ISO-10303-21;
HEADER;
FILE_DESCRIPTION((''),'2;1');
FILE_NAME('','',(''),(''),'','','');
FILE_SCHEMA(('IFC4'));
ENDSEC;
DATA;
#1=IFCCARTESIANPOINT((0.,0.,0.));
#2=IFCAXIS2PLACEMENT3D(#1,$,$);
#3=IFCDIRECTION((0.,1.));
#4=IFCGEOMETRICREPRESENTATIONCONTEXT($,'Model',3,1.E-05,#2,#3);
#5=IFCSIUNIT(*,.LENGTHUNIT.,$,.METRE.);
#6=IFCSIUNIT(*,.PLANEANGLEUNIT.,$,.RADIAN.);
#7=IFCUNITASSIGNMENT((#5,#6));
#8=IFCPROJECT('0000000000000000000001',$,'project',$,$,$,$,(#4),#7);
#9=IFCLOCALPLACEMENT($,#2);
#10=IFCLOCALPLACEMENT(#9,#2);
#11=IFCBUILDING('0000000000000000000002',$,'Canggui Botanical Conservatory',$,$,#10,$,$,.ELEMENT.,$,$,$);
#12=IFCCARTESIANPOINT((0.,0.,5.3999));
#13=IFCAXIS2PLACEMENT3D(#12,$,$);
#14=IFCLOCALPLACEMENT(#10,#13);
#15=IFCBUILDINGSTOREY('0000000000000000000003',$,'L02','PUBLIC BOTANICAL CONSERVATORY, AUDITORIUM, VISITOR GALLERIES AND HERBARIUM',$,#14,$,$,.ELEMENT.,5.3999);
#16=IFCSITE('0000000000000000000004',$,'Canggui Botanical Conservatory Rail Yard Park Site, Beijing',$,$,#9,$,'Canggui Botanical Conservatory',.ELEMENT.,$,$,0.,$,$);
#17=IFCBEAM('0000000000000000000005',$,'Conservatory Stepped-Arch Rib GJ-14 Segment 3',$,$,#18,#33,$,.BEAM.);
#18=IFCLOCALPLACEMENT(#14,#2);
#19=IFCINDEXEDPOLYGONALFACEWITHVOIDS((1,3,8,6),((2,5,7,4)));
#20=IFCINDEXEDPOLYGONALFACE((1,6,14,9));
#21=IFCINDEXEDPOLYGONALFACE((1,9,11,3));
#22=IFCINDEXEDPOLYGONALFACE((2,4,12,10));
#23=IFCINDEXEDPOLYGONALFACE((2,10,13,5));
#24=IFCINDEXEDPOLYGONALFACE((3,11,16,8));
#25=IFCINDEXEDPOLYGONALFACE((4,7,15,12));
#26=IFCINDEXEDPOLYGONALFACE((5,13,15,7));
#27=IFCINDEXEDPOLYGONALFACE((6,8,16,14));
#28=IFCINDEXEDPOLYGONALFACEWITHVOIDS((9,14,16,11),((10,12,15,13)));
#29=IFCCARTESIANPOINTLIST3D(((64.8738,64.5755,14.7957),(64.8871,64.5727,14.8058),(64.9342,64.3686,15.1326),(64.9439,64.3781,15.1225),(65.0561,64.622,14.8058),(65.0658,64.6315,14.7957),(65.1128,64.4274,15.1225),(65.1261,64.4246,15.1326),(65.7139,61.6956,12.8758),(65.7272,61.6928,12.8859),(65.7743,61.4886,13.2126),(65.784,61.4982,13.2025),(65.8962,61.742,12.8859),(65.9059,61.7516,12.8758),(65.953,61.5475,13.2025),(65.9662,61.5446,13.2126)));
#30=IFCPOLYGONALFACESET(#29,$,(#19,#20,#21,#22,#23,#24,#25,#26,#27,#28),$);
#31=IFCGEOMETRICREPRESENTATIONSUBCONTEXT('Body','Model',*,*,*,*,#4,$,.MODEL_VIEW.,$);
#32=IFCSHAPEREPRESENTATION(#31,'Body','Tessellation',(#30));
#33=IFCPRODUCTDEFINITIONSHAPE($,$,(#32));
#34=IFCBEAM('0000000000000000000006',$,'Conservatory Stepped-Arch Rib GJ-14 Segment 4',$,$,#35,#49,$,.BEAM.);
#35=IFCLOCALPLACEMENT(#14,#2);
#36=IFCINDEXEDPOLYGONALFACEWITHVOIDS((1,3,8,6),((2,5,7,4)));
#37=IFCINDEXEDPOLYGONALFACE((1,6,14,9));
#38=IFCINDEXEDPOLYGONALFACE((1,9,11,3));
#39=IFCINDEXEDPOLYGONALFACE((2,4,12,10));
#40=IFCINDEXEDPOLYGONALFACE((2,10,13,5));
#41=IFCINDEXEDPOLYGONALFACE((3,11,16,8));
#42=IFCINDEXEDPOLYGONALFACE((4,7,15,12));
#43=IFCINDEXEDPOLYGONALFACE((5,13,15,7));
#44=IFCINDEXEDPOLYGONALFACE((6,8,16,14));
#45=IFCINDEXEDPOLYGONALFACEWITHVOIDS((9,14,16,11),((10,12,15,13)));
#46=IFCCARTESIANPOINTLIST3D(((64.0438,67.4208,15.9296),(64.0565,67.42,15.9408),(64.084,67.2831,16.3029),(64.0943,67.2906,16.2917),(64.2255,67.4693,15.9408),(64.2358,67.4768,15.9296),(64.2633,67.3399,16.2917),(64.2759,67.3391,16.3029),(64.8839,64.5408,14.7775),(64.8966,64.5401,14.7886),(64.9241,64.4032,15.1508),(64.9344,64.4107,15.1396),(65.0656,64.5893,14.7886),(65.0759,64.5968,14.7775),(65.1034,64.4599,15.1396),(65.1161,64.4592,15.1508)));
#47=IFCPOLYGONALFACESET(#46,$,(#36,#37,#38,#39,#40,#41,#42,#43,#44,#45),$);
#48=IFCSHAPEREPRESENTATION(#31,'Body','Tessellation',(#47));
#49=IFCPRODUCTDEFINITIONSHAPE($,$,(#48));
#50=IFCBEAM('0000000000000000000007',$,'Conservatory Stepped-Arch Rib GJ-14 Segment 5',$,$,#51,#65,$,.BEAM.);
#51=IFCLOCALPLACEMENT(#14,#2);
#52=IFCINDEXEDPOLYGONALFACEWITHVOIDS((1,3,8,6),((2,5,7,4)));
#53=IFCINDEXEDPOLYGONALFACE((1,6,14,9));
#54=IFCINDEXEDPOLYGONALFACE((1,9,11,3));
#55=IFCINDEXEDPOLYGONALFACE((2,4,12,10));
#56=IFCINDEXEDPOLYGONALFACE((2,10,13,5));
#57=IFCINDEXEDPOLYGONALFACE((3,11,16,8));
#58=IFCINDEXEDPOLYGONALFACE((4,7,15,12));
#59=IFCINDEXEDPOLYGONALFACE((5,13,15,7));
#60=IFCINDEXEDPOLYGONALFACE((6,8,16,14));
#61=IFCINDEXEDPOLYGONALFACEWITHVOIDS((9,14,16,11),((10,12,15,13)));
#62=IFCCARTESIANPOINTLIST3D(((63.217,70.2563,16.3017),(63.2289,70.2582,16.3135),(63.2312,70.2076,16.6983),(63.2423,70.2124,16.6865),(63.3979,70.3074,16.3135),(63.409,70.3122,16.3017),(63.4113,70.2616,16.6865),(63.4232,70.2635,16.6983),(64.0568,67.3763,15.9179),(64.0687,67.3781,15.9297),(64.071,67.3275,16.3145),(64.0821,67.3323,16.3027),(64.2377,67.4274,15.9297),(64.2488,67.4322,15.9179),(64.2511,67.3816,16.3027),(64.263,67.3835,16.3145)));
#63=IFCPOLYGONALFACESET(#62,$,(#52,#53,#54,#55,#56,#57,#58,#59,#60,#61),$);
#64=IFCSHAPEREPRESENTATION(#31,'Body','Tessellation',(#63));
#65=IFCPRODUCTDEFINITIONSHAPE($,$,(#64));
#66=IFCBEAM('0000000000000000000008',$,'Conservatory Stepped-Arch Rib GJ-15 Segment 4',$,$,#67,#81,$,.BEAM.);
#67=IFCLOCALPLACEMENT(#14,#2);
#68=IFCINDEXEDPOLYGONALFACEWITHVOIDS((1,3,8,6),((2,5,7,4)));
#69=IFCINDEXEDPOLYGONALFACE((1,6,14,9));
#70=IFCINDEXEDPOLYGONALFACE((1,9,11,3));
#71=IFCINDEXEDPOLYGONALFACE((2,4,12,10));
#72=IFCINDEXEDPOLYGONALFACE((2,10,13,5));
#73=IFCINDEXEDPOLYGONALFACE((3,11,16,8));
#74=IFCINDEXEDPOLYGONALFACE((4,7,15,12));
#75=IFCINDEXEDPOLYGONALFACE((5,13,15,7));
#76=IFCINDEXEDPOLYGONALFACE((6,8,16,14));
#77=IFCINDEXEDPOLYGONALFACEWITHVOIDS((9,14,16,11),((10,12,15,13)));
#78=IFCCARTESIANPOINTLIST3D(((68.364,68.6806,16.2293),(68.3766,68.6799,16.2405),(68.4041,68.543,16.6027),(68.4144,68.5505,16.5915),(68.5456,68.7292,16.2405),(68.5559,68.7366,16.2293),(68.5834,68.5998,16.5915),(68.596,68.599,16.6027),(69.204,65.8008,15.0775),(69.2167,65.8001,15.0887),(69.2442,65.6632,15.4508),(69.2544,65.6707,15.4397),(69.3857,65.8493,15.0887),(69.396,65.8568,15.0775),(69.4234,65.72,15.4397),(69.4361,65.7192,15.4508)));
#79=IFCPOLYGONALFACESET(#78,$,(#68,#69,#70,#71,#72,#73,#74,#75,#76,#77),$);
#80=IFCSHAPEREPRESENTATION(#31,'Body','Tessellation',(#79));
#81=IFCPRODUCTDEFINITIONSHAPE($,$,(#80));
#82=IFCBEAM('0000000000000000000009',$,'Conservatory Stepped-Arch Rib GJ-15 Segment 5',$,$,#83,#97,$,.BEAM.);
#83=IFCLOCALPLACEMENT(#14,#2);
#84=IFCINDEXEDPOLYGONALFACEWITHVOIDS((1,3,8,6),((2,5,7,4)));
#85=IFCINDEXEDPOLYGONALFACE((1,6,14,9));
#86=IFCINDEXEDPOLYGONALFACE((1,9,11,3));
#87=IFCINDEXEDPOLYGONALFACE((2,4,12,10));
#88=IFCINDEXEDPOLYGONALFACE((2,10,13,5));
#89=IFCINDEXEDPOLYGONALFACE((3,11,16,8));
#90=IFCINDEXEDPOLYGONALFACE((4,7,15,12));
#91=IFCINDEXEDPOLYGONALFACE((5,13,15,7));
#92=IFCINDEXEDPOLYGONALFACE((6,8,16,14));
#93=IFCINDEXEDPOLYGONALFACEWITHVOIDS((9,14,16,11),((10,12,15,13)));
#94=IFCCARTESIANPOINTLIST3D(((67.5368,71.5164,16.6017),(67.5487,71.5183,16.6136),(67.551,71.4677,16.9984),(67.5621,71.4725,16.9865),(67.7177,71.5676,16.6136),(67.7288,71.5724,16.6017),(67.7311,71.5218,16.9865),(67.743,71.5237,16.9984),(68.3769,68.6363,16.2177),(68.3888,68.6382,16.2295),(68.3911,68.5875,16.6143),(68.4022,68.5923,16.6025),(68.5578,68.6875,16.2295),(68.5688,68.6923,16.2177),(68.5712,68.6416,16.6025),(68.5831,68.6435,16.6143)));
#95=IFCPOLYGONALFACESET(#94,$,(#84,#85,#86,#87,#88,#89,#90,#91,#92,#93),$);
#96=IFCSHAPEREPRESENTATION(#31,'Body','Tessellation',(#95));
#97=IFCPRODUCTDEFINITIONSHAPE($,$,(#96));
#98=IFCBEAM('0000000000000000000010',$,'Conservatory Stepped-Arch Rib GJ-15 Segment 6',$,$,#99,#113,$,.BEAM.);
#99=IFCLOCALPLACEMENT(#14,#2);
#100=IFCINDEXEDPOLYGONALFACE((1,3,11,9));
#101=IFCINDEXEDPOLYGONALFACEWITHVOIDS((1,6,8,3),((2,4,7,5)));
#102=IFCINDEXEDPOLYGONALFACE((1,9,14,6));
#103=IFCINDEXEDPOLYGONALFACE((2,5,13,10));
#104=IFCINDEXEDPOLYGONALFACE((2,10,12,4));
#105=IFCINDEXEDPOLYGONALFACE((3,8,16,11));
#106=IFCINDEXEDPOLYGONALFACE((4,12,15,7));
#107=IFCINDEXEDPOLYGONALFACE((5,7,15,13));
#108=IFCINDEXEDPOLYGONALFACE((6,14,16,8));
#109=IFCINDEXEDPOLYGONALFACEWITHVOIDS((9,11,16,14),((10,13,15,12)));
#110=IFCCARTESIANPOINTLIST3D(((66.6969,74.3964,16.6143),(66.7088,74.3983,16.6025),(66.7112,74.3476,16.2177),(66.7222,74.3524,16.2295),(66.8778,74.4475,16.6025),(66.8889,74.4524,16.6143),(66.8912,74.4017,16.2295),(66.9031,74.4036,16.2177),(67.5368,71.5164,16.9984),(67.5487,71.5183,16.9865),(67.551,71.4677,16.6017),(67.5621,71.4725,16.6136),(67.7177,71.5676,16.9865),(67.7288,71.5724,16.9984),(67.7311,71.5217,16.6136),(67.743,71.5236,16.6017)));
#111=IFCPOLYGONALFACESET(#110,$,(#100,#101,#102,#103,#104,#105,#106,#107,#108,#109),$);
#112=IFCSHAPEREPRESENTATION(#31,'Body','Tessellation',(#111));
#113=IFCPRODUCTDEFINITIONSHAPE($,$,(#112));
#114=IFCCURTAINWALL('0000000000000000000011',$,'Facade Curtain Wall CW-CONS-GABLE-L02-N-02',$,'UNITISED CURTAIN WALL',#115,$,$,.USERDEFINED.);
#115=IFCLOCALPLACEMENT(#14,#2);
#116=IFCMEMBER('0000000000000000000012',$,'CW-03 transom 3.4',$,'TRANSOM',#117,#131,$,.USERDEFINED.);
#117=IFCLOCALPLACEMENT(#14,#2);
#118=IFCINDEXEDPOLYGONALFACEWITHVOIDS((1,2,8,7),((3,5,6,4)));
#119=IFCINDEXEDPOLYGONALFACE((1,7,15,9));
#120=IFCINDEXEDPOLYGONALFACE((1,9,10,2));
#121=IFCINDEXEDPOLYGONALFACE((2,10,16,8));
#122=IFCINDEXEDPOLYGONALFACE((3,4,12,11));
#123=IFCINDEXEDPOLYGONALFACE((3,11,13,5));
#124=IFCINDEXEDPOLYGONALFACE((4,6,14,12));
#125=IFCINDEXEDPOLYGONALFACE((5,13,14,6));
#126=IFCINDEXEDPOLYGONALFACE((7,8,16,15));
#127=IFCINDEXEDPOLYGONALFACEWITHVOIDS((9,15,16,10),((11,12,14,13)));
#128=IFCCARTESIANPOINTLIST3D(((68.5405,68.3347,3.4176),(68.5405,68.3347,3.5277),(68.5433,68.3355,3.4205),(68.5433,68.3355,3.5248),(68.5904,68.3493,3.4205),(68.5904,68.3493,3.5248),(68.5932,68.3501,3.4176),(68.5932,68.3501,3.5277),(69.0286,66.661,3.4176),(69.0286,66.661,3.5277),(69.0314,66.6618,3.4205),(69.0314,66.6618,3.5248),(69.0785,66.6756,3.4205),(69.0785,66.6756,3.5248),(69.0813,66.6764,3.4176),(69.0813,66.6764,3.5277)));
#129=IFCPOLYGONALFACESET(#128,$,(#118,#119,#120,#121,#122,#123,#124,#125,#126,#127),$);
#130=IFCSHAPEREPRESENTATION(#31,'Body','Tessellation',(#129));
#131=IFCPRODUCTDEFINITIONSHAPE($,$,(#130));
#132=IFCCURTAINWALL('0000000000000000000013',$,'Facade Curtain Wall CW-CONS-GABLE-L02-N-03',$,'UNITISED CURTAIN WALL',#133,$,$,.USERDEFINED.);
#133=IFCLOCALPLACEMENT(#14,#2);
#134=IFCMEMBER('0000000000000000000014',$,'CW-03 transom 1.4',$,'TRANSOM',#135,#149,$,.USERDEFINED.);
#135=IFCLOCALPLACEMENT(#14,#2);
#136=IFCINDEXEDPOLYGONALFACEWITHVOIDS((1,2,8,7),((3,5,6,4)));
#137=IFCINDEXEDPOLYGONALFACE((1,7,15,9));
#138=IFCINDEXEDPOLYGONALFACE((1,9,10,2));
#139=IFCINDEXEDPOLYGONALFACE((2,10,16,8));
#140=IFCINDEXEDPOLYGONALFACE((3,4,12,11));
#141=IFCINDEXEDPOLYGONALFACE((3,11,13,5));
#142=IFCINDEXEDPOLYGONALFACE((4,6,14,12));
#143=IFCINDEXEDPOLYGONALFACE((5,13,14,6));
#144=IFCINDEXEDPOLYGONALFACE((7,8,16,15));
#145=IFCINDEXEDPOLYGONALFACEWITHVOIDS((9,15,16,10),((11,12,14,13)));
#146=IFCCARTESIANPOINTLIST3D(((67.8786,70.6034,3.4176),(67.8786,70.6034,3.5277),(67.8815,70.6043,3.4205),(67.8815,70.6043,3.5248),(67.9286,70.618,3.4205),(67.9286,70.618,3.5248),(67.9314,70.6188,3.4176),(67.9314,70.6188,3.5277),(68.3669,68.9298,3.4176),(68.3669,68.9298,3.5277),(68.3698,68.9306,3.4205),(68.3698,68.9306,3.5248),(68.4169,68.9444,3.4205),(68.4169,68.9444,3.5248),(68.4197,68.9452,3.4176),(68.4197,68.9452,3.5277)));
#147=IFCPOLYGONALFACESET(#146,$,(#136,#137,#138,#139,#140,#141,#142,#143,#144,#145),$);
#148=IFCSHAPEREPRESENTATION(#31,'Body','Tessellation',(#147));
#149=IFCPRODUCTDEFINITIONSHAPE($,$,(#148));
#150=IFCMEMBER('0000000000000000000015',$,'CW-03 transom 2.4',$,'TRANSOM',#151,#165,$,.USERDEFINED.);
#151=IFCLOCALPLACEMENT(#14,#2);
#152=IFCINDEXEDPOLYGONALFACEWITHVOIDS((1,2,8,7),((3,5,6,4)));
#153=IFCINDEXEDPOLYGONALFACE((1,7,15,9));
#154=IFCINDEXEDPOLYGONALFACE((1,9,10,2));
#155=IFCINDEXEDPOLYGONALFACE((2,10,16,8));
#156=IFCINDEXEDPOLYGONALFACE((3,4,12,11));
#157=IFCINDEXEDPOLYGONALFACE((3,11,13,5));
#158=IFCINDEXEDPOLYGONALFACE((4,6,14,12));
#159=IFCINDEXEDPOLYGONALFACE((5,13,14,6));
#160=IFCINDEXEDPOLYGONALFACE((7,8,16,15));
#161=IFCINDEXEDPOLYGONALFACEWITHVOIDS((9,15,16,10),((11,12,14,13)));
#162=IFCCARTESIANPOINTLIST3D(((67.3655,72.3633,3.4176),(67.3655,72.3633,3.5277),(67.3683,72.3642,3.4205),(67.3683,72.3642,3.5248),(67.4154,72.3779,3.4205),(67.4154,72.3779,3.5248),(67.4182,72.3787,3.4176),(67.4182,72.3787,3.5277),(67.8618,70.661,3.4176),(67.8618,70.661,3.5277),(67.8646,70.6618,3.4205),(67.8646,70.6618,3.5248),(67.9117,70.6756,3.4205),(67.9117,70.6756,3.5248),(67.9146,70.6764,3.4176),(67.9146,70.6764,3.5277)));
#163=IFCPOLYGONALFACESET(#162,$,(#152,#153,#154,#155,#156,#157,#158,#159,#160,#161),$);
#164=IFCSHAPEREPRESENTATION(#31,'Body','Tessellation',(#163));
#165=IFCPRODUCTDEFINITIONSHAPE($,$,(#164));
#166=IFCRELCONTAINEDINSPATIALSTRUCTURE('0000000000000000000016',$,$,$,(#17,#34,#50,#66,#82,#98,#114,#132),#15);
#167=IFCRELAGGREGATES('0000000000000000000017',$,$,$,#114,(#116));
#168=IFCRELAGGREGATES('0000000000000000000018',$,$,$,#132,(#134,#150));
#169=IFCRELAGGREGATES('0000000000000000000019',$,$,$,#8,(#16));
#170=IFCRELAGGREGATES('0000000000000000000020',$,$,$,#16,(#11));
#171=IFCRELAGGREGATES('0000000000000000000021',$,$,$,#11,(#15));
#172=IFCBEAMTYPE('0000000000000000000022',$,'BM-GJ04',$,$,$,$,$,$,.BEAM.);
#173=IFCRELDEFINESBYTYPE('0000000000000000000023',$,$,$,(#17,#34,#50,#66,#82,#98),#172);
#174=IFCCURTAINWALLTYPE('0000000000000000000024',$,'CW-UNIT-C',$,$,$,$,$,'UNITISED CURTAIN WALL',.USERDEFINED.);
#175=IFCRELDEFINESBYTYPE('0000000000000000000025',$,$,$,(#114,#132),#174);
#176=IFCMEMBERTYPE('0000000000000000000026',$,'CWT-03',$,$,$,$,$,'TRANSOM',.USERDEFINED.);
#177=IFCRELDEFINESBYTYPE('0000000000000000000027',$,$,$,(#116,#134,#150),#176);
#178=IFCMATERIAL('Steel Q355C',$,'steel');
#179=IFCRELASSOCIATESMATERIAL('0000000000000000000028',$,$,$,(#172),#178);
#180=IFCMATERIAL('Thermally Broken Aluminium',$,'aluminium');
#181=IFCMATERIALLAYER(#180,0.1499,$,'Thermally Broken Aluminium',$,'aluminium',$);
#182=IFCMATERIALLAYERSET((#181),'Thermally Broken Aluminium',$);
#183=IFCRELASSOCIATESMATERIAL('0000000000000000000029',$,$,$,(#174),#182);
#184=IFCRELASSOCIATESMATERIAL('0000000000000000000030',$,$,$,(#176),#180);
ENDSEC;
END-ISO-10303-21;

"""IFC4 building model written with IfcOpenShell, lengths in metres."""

from ifc_helpers import new_model, si_unit, direction, frame, origin, origin_2d, place, context, subcontext, project, spatial, hollow_rectangle, extrude, material, layer, layer_set, material_profile, profile_set, type_object, element, aggregate, save


model = new_model("IFC4")

# Units and contexts
model_context = context("Model", 3, precision=1e-05, world=origin(), true_north=direction((0.0, 1.0)))
body_context = subcontext(model_context, "Body", "Model", "MODEL_VIEW")
ifc_project = project(units=[si_unit("LENGTHUNIT", "METRE"), si_unit("PLANEANGLEUNIT", "RADIAN")], contexts=[model_context])

# Site, building, storey
site_placement = place(None, origin())
site = spatial("IfcSite", under=ifc_project, at=site_placement, Name="Canggui Botanical Conservatory Rail Yard Park Site, Beijing", LongName="Canggui Botanical Conservatory", CompositionType="ELEMENT", RefElevation=0.0)
building_placement = place(site_placement, origin())
building = spatial("IfcBuilding", under=site, at=building_placement, Name="Canggui Botanical Conservatory", CompositionType="ELEMENT")
storey_placement = place(building_placement, frame((0.0, 0.0, 5.3999)))
storey = spatial("IfcBuildingStorey", under=building, at=storey_placement, Name="L02", Description="PUBLIC BOTANICAL CONSERVATORY, AUDITORIUM, VISITOR GALLERIES AND HERBARIUM", CompositionType="ELEMENT", Elevation=5.3999)

# Beams
ifc_material_1 = material(Name="Steel Q355C", Category="steel")
ifc_material_profile_1 = material_profile(ifc_material_1, hollow_rectangle(XDim=0.2, YDim=0.3999, WallThickness=0.012, at=origin_2d()), Name="RHS 200x400x12")
ifc_profile_set_1 = profile_set([ifc_material_profile_1], Name="Steel Q355C")
beam_type = type_object("IfcBeamType", Name="BM-GJ04", PredefinedType="BEAM", material=ifc_profile_set_1)
beam_1_placement = place(storey_placement, frame((65.8401, 61.6201, 13.0442), z_axis=(-0.235868, 0.808574, 0.539049), x_axis=(-0.959989, -0.280038, 0.0)))
element("IfcBeam", 1, at=beam_1_placement, inside=storey, type_object=beam_type, Name="Conservatory Stepped-Arch Rib GJ-14 Segment 3", PredefinedType="BEAM", context=body_context, shape_type="SweptSolid", body=[
    extrude(hollow_rectangle(XDim=0.2, YDim=0.3999, WallThickness=0.012, at=origin_2d()), origin(), (0.0, 0.0, 1.0), 3.5618),
])
beam_2_placement = place(storey_placement, frame((65.0, 64.5, 14.9641), z_axis=(-0.261422, 0.896173, 0.358515), x_axis=(-0.959989, -0.280038, 0.0)))
element("IfcBeam", 2, at=beam_2_placement, inside=storey, type_object=beam_type, Name="Conservatory Stepped-Arch Rib GJ-14 Segment 4", PredefinedType="BEAM", context=body_context, shape_type="SweptSolid", body=[
    extrude(hollow_rectangle(XDim=0.2, YDim=0.3999, WallThickness=0.012, at=origin_2d()), origin(), (0.0, 0.0, 1.0), 3.2136),
])
beam_3_placement = place(storey_placement, frame((64.1599, 67.3799, 16.1162), z_axis=(-0.277678, 0.952257, 0.126892), x_axis=(-0.960017, -0.279941, 0.0)))
element("IfcBeam", 3, at=beam_3_placement, inside=storey, type_object=beam_type, Name="Conservatory Stepped-Arch Rib GJ-14 Segment 5", PredefinedType="BEAM", context=body_context, shape_type="SweptSolid", body=[
    extrude(hollow_rectangle(XDim=0.2, YDim=0.3999, WallThickness=0.012, at=origin_2d()), origin(), (0.0, 0.0, 1.0), 3.0244),
])
beam_4_placement = place(storey_placement, frame((69.3201, 65.76, 15.2642), z_axis=(-0.261429, 0.896197, 0.358449), x_axis=(-0.959989, -0.280038, 0.0)))
element("IfcBeam", 4, at=beam_4_placement, inside=storey, type_object=beam_type, Name="Conservatory Stepped-Arch Rib GJ-15 Segment 4", PredefinedType="BEAM", context=body_context, shape_type="SweptSolid", body=[
    extrude(hollow_rectangle(XDim=0.2, YDim=0.3999, WallThickness=0.012, at=origin_2d()), origin(), (0.0, 0.0, 1.0), 3.2134),
])
beam_5_placement = place(storey_placement, frame((68.48, 68.6399, 16.416), z_axis=(-0.277749, 0.952226, 0.126969), x_axis=(-0.959995, -0.280016, 0.0)))
element("IfcBeam", 5, at=beam_5_placement, inside=storey, type_object=beam_type, Name="Conservatory Stepped-Arch Rib GJ-15 Segment 5", PredefinedType="BEAM", context=body_context, shape_type="SweptSolid", body=[
    extrude(hollow_rectangle(XDim=0.2, YDim=0.3999, WallThickness=0.012, at=origin_2d()), origin(), (0.0, 0.0, 1.0), 3.0247),
])
beam_6_placement = place(storey_placement, frame((67.6399, 71.52, 16.8), z_axis=(-0.277696, 0.95224, -0.126981), x_axis=(-0.960011, -0.279962, 0.0)))
element("IfcBeam", 6, at=beam_6_placement, inside=storey, type_object=beam_type, Name="Conservatory Stepped-Arch Rib GJ-15 Segment 6", PredefinedType="BEAM", context=body_context, shape_type="SweptSolid", body=[
    extrude(hollow_rectangle(XDim=0.2, YDim=0.3999, WallThickness=0.012, at=origin_2d()), origin(), (0.0, 0.0, 1.0), 3.0244),
])

# Curtain wall, member
ifc_material_2 = material(Name="Thermally Broken Aluminium", Category="aluminium")
ifc_layer_1 = layer(ifc_material_2, 0.1499, Name="Thermally Broken Aluminium", Category="aluminium")
ifc_layer_set_1 = layer_set([ifc_layer_1], Name="Thermally Broken Aluminium")
curtain_wall_type = type_object("IfcCurtainWallType", Name="CW-UNIT-C", ElementType="UNITISED CURTAIN WALL", PredefinedType="USERDEFINED", material=ifc_layer_set_1)
curtain_wall_1_placement = place(storey_placement, origin())
curtain_wall_1 = element("IfcCurtainWall", 7, at=curtain_wall_1_placement, inside=storey, type_object=curtain_wall_type, Name="Facade Curtain Wall CW-CONS-GABLE-L02-N-02", ObjectType="UNITISED CURTAIN WALL", PredefinedType="USERDEFINED")
ifc_material_profile_2 = material_profile(ifc_material_2, hollow_rectangle(XDim=0.0549, YDim=0.1101, WallThickness=0.0029, at=origin_2d()), Name="CWT 55x110x3")
ifc_profile_set_2 = profile_set([ifc_material_profile_2], Name="Thermally Broken Aluminium")
member_type_1 = type_object("IfcMemberType", Name="CWT-03", ElementType="TRANSOM", PredefinedType="USERDEFINED", material=ifc_profile_set_2)
member_1_placement = place(storey_placement, frame((69.0549, 66.6687, 3.4727), z_axis=(-0.279952, 0.960014, 0.0), x_axis=(-0.960014, -0.279952, 0.0)))
member_1 = element("IfcMember", 8, at=member_1_placement, type_object=member_type_1, Name="CW-03 transom 3.4", ObjectType="TRANSOM", PredefinedType="USERDEFINED", context=body_context, shape_type="SweptSolid", body=[
    extrude(hollow_rectangle(XDim=0.0549, YDim=0.1101, WallThickness=0.0029, at=origin_2d()), origin(), (0.0, 0.0, 1.0), 1.7434),
])
aggregate(curtain_wall_1, [member_1])

# Curtain wall, members
curtain_wall_2_placement = place(storey_placement, origin())
curtain_wall_2 = element("IfcCurtainWall", 9, at=curtain_wall_2_placement, inside=storey, type_object=curtain_wall_type, Name="Facade Curtain Wall CW-CONS-GABLE-L02-N-03", ObjectType="UNITISED CURTAIN WALL", PredefinedType="USERDEFINED")
member_2_placement = place(storey_placement, frame((68.3933, 68.9375, 3.4727), z_axis=(-0.280081, 0.959976, 0.0), x_axis=(-0.959976, -0.280081, 0.0)))
member_2 = element("IfcMember", 10, at=member_2_placement, type_object=member_type_1, Name="CW-03 transom 1.4", ObjectType="TRANSOM", PredefinedType="USERDEFINED", context=body_context, shape_type="SweptSolid", body=[
    extrude(hollow_rectangle(XDim=0.0549, YDim=0.1101, WallThickness=0.0029, at=origin_2d()), origin(), (0.0, 0.0, 1.0), 1.7434),
])
member_3_placement = place(storey_placement, frame((67.8882, 70.6687, 3.4727), z_axis=(-0.2799, 0.960029, 0.0), x_axis=(-0.960029, -0.2799, 0.0)))
member_3 = element("IfcMember", 11, at=member_3_placement, type_object=member_type_1, Name="CW-03 transom 2.4", ObjectType="TRANSOM", PredefinedType="USERDEFINED", context=body_context, shape_type="SweptSolid", body=[
    extrude(hollow_rectangle(XDim=0.0549, YDim=0.1101, WallThickness=0.0029, at=origin_2d()), origin(), (0.0, 0.0, 1.0), 1.7732),
])
aggregate(curtain_wall_2, [member_2, member_3])

save(model, "model.ifc")
